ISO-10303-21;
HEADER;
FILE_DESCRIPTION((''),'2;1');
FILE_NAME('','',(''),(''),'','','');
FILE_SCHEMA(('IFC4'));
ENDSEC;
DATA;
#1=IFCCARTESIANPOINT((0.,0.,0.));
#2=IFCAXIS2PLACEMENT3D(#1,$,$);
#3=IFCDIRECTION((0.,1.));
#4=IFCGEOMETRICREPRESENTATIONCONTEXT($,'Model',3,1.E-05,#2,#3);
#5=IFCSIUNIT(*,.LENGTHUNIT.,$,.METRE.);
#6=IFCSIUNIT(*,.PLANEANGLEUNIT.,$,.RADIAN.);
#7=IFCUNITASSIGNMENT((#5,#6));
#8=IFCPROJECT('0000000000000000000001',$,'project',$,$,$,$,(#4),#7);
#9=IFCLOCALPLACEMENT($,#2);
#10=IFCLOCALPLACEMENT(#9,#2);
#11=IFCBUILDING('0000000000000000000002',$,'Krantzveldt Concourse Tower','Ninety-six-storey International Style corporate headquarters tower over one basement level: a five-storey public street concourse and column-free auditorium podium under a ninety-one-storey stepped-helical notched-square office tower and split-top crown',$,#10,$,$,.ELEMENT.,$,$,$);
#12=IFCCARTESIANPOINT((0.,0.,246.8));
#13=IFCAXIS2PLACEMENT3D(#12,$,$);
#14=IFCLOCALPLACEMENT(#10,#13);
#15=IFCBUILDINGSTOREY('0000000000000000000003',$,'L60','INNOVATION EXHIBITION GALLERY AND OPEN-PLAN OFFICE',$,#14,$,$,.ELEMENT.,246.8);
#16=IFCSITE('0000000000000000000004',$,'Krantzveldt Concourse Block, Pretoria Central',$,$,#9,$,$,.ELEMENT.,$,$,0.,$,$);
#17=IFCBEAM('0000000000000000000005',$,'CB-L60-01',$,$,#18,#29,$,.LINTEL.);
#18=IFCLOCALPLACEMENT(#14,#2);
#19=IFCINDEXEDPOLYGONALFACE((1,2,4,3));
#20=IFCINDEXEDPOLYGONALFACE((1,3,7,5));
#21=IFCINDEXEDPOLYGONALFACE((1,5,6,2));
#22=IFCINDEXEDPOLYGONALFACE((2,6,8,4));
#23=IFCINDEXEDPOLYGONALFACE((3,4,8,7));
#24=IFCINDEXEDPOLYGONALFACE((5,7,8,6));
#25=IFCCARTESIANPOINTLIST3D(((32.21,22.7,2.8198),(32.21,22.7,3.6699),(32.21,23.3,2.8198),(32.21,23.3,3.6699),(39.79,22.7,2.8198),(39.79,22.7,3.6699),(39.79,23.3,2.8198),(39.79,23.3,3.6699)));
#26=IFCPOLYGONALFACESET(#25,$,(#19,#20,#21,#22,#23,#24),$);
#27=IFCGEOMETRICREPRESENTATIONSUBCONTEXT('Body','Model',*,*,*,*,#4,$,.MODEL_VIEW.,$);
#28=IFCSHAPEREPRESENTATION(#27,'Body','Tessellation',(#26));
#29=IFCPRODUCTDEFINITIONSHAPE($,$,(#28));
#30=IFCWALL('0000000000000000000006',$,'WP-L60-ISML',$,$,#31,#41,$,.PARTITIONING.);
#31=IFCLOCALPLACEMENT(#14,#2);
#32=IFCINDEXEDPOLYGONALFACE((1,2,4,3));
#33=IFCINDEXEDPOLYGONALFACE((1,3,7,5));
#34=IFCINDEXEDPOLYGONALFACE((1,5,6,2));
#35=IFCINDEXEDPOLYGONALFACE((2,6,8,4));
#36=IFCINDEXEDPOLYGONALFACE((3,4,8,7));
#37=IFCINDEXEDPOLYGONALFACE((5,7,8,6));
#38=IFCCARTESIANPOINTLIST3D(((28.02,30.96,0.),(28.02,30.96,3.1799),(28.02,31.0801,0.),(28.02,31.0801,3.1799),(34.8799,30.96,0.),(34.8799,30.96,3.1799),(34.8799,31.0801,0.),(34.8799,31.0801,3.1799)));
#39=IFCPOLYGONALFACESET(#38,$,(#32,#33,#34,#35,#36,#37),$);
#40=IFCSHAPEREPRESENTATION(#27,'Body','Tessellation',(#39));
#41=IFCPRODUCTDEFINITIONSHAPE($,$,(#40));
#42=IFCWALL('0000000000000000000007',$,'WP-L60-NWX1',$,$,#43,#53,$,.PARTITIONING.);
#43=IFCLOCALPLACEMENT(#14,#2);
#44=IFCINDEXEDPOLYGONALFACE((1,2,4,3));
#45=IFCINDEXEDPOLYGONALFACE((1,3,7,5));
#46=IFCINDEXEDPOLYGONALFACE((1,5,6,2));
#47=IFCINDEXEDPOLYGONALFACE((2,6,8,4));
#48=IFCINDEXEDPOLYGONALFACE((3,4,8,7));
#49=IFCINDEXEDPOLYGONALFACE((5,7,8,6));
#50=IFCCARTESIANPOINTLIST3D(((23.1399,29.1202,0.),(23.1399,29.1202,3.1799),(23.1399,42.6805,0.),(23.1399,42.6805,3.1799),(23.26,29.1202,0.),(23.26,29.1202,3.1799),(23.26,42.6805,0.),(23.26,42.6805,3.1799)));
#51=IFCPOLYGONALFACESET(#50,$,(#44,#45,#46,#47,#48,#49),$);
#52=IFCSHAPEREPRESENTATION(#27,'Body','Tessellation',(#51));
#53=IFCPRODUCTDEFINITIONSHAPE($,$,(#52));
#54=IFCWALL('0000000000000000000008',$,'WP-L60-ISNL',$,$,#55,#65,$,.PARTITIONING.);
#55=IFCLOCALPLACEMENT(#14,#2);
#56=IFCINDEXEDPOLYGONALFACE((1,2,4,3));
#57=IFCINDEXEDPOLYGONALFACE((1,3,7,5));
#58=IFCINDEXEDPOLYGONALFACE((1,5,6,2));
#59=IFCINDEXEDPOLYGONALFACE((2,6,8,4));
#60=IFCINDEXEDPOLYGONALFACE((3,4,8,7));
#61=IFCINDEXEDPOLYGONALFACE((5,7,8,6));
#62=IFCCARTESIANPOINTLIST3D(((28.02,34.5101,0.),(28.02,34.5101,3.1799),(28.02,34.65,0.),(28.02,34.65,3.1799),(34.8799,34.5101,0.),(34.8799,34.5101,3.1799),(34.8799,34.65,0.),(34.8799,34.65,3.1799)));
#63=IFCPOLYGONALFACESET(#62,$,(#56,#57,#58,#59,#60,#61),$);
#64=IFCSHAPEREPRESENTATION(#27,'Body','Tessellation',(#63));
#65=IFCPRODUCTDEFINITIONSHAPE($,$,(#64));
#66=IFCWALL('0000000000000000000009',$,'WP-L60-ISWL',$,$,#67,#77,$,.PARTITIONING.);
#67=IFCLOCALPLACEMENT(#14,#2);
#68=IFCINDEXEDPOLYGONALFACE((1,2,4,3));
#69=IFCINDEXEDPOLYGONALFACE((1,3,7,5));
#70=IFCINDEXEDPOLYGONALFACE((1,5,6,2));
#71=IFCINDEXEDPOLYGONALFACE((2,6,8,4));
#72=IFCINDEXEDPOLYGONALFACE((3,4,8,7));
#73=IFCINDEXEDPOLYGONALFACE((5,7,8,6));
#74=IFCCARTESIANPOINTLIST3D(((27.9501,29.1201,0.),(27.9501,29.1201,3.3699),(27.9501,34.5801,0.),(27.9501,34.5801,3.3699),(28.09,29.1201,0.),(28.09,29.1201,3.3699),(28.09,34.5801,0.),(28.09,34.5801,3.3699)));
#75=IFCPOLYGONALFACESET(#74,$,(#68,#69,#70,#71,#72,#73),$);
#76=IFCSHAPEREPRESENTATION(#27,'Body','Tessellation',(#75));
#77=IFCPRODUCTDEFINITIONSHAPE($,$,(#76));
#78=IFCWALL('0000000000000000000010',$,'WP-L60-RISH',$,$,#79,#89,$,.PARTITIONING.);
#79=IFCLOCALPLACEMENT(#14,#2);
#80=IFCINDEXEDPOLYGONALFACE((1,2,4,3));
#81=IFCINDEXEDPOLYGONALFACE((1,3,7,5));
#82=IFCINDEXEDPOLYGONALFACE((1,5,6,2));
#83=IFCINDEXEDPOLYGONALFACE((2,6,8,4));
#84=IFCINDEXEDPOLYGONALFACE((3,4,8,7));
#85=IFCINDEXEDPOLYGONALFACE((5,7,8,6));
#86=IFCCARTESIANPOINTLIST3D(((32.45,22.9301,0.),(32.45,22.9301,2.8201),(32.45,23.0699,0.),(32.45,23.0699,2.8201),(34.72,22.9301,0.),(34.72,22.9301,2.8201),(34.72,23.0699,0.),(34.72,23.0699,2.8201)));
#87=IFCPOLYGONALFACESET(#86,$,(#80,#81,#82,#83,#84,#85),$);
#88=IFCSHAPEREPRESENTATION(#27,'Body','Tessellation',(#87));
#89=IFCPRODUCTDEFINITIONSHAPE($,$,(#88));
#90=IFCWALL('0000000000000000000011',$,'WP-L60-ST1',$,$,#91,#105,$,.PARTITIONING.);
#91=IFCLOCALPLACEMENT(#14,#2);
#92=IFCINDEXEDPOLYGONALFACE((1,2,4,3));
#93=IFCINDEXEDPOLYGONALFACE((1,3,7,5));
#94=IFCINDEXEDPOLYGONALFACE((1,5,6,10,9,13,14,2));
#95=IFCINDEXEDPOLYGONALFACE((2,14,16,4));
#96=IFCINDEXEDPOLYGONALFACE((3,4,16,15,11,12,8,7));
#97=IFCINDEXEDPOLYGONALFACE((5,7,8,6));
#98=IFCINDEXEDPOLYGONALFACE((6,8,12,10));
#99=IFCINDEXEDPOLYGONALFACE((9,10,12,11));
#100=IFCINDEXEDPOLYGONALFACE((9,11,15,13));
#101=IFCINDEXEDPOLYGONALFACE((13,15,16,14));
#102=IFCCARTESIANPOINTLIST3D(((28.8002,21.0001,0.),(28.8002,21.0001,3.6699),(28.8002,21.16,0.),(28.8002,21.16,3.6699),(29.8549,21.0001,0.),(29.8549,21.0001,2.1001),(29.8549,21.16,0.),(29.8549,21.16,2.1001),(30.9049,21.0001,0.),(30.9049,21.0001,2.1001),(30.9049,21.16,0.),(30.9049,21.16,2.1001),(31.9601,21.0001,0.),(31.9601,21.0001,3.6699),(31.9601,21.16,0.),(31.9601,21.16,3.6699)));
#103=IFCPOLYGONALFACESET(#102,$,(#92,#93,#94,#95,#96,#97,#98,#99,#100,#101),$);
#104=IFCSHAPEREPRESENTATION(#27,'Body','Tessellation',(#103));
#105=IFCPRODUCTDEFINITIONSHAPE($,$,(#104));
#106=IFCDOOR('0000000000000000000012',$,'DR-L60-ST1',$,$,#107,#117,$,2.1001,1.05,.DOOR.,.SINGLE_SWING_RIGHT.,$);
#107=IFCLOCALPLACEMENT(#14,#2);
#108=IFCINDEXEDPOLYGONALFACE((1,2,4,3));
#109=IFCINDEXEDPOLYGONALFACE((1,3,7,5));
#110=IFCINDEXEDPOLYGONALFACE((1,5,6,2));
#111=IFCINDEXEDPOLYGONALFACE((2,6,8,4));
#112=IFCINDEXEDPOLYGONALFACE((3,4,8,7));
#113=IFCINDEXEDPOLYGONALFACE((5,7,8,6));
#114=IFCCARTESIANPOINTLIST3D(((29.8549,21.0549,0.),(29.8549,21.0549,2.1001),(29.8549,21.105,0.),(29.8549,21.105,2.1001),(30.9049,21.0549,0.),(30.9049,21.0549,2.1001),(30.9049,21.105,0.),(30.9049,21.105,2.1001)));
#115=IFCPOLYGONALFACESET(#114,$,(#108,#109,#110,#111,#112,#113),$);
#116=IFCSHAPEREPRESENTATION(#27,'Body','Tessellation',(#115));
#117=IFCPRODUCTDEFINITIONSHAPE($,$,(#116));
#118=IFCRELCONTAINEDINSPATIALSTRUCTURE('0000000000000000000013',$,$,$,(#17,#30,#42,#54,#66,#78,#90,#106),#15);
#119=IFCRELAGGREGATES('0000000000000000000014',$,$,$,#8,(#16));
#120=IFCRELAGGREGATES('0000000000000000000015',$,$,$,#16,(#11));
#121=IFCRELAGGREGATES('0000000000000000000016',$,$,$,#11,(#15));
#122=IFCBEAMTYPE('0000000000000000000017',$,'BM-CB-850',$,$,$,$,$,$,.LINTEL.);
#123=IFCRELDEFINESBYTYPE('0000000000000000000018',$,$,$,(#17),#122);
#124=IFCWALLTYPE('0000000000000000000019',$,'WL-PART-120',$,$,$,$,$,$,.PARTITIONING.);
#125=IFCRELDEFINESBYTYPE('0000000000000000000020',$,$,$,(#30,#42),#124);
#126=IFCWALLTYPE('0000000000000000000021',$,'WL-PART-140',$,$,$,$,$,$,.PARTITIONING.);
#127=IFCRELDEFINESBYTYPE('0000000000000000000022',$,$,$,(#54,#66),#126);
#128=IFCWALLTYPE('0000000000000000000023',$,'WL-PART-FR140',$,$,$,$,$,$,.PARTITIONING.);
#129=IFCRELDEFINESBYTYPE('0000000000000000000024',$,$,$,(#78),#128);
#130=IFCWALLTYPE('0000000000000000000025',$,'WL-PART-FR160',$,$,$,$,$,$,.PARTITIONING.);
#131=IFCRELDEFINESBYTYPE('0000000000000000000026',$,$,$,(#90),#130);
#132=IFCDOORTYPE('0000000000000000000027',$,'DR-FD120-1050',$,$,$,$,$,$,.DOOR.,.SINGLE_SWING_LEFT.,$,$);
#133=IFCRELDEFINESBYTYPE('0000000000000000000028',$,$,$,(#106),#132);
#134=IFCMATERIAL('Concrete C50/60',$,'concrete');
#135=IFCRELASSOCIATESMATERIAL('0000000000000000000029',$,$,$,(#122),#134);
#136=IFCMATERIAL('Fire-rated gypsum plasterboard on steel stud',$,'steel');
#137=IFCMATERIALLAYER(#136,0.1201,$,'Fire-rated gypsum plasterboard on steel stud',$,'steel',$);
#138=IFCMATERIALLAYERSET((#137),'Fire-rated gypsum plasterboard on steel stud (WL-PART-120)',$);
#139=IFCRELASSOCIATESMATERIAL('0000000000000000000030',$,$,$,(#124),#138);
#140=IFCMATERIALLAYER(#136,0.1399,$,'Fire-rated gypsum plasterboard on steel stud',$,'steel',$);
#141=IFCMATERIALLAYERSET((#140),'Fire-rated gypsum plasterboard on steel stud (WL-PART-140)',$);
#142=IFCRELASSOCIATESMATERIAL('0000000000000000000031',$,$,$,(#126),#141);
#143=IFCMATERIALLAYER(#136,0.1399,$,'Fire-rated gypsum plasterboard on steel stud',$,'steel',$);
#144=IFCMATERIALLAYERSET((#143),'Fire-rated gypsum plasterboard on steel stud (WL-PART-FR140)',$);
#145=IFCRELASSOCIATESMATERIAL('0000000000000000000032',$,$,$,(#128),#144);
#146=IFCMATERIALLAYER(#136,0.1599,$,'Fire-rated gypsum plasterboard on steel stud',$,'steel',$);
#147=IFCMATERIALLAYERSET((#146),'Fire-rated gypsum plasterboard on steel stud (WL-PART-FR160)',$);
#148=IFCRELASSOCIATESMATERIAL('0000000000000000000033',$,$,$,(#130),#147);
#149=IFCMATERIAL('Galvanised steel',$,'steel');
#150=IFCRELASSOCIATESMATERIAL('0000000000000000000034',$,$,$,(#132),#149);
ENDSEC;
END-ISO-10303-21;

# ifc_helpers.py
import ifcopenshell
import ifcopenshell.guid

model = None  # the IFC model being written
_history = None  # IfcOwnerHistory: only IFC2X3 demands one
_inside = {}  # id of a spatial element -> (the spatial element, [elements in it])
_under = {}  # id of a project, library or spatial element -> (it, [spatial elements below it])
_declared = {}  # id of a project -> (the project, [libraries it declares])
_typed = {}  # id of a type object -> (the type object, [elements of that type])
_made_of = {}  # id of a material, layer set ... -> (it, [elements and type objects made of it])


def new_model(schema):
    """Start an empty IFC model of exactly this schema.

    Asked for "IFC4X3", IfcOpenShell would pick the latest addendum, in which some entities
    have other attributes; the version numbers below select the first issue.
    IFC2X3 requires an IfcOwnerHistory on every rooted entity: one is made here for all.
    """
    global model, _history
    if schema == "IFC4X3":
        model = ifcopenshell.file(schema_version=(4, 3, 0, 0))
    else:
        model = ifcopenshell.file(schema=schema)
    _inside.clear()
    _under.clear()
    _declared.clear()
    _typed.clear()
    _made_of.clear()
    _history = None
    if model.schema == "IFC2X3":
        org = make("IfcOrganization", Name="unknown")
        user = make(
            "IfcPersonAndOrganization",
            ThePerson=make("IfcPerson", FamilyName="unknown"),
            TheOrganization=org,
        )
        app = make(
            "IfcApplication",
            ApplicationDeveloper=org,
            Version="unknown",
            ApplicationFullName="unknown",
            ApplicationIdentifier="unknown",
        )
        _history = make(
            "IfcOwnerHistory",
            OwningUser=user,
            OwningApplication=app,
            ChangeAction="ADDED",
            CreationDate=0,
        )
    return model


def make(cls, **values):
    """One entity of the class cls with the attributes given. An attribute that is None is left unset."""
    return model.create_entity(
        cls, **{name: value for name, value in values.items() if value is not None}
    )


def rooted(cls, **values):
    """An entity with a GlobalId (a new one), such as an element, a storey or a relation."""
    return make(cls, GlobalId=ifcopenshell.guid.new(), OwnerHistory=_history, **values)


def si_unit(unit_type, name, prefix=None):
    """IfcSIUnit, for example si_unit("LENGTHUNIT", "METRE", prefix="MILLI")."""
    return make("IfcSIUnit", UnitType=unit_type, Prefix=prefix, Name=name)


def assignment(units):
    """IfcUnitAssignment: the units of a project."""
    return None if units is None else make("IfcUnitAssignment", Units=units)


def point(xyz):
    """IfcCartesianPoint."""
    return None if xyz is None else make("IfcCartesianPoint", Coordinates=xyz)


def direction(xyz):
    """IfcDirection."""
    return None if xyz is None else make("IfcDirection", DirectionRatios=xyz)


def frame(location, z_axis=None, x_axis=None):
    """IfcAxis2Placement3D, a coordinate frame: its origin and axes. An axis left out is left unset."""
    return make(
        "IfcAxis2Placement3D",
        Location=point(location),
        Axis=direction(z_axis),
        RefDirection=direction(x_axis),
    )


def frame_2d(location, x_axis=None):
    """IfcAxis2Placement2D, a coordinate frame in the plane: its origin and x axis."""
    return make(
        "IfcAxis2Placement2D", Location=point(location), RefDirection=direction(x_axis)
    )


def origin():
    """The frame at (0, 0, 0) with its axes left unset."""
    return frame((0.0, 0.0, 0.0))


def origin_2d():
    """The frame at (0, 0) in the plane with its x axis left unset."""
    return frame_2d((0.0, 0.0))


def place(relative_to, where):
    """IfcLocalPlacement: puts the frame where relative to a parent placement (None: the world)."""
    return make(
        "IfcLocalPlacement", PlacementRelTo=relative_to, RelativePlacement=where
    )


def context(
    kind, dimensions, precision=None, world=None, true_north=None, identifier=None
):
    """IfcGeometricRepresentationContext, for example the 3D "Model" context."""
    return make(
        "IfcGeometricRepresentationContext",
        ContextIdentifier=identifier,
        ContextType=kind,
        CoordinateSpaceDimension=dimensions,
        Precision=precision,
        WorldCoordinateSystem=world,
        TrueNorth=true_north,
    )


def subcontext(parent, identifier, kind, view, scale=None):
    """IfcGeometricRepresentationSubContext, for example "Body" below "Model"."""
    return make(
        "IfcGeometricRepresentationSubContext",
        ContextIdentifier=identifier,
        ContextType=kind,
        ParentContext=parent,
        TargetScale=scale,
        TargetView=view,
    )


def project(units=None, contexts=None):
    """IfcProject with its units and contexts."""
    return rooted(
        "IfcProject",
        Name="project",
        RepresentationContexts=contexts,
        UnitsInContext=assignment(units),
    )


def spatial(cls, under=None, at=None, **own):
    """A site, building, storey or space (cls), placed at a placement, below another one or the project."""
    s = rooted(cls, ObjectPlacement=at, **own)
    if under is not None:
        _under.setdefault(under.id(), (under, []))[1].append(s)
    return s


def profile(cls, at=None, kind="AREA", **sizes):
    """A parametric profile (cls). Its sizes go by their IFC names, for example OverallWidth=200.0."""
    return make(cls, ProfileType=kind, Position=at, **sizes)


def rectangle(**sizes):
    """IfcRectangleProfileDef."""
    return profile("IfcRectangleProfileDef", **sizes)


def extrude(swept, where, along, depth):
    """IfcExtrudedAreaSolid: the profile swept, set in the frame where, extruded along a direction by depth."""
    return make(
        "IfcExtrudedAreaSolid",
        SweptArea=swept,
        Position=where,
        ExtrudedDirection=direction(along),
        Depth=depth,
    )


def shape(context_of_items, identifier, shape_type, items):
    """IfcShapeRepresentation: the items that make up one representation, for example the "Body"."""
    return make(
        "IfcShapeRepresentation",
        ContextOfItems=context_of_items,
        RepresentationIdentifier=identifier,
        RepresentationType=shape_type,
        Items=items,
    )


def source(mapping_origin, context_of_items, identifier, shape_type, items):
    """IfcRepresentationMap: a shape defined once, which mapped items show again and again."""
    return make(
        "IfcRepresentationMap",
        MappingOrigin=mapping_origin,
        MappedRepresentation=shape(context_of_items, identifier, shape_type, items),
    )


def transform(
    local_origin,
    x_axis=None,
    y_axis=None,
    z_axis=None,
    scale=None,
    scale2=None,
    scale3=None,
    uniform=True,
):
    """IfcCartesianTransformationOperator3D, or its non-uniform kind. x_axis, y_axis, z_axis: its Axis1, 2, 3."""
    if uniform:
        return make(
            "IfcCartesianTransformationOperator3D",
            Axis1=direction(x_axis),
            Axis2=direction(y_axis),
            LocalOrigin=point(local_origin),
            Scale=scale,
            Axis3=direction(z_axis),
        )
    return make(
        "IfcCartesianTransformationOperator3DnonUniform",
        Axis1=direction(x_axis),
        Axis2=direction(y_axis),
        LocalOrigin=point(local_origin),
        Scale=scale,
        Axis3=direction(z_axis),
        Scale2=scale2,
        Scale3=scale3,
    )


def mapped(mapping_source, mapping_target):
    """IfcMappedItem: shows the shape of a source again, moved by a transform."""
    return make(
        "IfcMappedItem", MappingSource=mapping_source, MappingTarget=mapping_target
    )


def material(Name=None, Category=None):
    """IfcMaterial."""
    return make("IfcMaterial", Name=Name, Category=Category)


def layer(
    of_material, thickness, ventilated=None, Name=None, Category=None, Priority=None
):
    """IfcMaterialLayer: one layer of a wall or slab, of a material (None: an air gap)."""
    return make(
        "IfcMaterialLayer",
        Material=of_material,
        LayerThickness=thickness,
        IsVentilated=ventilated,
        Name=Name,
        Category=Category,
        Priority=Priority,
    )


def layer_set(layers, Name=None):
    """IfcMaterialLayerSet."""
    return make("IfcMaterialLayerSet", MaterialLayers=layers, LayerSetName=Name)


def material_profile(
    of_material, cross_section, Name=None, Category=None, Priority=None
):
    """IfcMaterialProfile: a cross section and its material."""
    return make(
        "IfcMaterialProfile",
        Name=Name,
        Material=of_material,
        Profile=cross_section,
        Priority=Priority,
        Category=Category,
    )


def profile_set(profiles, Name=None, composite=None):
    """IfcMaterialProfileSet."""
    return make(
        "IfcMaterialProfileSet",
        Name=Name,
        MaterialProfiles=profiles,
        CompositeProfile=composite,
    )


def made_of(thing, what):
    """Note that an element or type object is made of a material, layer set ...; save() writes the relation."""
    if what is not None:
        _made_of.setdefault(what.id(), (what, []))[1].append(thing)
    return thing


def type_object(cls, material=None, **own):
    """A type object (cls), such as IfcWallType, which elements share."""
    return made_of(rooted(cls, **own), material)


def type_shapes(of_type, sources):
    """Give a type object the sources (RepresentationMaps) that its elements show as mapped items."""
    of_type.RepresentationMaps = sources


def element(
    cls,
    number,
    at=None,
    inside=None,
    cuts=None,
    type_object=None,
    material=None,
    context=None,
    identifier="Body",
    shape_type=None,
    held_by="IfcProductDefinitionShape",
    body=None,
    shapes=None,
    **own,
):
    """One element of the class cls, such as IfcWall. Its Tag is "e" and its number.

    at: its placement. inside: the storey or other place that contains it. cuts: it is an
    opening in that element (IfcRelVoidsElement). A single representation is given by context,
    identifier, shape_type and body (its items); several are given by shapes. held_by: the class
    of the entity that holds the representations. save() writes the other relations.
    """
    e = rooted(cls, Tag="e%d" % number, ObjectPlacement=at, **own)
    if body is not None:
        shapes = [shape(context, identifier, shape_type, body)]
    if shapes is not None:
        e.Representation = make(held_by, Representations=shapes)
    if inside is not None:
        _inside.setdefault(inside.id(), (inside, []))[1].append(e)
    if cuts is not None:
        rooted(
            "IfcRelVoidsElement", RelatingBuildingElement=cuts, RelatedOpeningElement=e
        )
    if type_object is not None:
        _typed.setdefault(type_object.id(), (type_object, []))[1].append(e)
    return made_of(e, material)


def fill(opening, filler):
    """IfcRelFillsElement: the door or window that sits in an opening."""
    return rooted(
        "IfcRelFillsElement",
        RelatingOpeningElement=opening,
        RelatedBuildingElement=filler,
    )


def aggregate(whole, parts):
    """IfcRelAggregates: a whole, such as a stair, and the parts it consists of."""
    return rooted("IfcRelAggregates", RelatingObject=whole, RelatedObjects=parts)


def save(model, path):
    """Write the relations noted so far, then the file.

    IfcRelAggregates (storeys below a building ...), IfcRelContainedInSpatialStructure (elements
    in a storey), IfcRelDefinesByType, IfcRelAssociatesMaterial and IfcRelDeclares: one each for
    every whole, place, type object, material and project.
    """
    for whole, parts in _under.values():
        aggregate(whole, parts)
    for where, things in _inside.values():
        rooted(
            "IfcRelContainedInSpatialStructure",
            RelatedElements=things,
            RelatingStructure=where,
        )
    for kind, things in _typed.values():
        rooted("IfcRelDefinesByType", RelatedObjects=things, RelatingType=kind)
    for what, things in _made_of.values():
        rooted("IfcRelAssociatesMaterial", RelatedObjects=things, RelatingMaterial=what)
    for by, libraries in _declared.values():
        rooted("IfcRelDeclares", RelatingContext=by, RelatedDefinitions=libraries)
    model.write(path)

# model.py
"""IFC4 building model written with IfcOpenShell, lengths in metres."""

from ifc_helpers import new_model, si_unit, direction, frame, frame_2d, origin, origin_2d, place, context, subcontext, project, spatial, rectangle, extrude, source, transform, mapped, material, layer, layer_set, material_profile, profile_set, type_object, type_shapes, element, fill, save


model = new_model("IFC4")

# Units and contexts
model_context = context("Model", 3, precision=1e-05, world=origin(), true_north=direction((0.0, 1.0)))
body_context = subcontext(model_context, "Body", "Model", "MODEL_VIEW")
ifc_project = project(units=[si_unit("LENGTHUNIT", "METRE"), si_unit("PLANEANGLEUNIT", "RADIAN")], contexts=[model_context])

# Site, building, storey
site_placement = place(None, origin())
site = spatial("IfcSite", under=ifc_project, at=site_placement, Name="Krantzveldt Concourse Block, Pretoria Central", CompositionType="ELEMENT", RefElevation=0.0)
building_placement = place(site_placement, origin())
building = spatial("IfcBuilding", under=site, at=building_placement, Name="Krantzveldt Concourse Tower", Description="Ninety-six-storey International Style corporate headquarters tower over one basement level: a five-storey public street concourse and column-free auditorium podium under a ninety-one-storey stepped-helical notched-square office tower and split-top crown", CompositionType="ELEMENT")
storey_placement = place(building_placement, frame((0.0, 0.0, 246.8)))
storey = spatial("IfcBuildingStorey", under=building, at=storey_placement, Name="L60", Description="INNOVATION EXHIBITION GALLERY AND OPEN-PLAN OFFICE", CompositionType="ELEMENT", Elevation=246.8)

# Beam
ifc_material_1 = material(Name="Concrete C50/60", Category="concrete")
ifc_material_profile_1 = material_profile(ifc_material_1, rectangle(XDim=0.6001, YDim=0.8501, at=origin_2d()), Name="Concrete C50/60", Category="concrete")
ifc_profile_set_1 = profile_set([ifc_material_profile_1], Name="Concrete C50/60 - RC-CB 600x850")
beam_type_1 = type_object("IfcBeamType", Name="BM-CB-850", PredefinedType="LINTEL", material=ifc_profile_set_1)
shared_shape_1 = source(origin(), body_context, "Body", "SweptSolid", [
    extrude(rectangle(XDim=0.6001, YDim=0.8501, at=origin_2d()), origin(), (0.0, 0.0, 1.0), 7.5801),
])
type_shapes(beam_type_1, [shared_shape_1])
beam_1_placement = place(storey_placement, frame((32.21, 23.0, 3.2449), z_axis=(1.0, 0.0, 0.0), x_axis=(0.0, 1.0, 0.0)))
element("IfcBeam", 1, at=beam_1_placement, inside=storey, type_object=beam_type_1, Name="CB-L60-01", PredefinedType="LINTEL", context=body_context, shape_type="MappedRepresentation", body=[
    mapped(shared_shape_1, transform((0.0, 0.0, 0.0), x_axis=(1.0, 0.0, 0.0), y_axis=(0.0, 1.0, 0.0), z_axis=(0.0, 0.0, 1.0), scale=1.0)),
])

# Walls
ifc_material_2 = material(Name="Fire-rated gypsum plasterboard on steel stud", Category="steel")
ifc_layer_1 = layer(ifc_material_2, 0.1201, Name="Fire-rated gypsum plasterboard on steel stud", Category="steel")
ifc_layer_set_1 = layer_set([ifc_layer_1], Name="Fire-rated gypsum plasterboard on steel stud (WL-PART-120)")
wall_type_1 = type_object("IfcWallType", Name="WL-PART-120", PredefinedType="PARTITIONING", material=ifc_layer_set_1)
wall_1_placement = place(storey_placement, frame((28.02, 31.02, 0.0), z_axis=(0.0, 0.0, 1.0), x_axis=(1.0, 0.0, 0.0)))
element("IfcWall", 2, at=wall_1_placement, inside=storey, type_object=wall_type_1, Name="WP-L60-ISML", PredefinedType="PARTITIONING", context=body_context, shape_type="SweptSolid", body=[
    extrude(rectangle(XDim=6.8599, YDim=0.1201, at=frame_2d((3.4299, 0.0))), origin(), (0.0, 0.0, 1.0), 3.1799),
])
wall_2_placement = place(storey_placement, frame((23.2, 29.1201, 0.0), z_axis=(0.0, 0.0, 1.0), x_axis=(0.0, 1.0, 0.0)))
element("IfcWall", 3, at=wall_2_placement, inside=storey, type_object=wall_type_1, Name="WP-L60-NWX1", PredefinedType="PARTITIONING", context=body_context, shape_type="SweptSolid", body=[
    extrude(rectangle(XDim=13.5603, YDim=0.1201, at=frame_2d((6.7803, 0.0))), origin(), (0.0, 0.0, 1.0), 3.1799),
])
ifc_layer_2 = layer(ifc_material_2, 0.1399, Name="Fire-rated gypsum plasterboard on steel stud", Category="steel")
ifc_layer_set_2 = layer_set([ifc_layer_2], Name="Fire-rated gypsum plasterboard on steel stud (WL-PART-140)")
wall_type_2 = type_object("IfcWallType", Name="WL-PART-140", PredefinedType="PARTITIONING", material=ifc_layer_set_2)
wall_3_placement = place(storey_placement, frame((28.02, 34.5801, 0.0), z_axis=(0.0, 0.0, 1.0), x_axis=(1.0, 0.0, 0.0)))
element("IfcWall", 4, at=wall_3_placement, inside=storey, type_object=wall_type_2, Name="WP-L60-ISNL", PredefinedType="PARTITIONING", context=body_context, shape_type="SweptSolid", body=[
    extrude(rectangle(XDim=6.8599, YDim=0.1399, at=frame_2d((3.4299, 0.0))), origin(), (0.0, 0.0, 1.0), 3.1799),
])
wall_4_placement = place(storey_placement, frame((28.02, 29.1201, 0.0), z_axis=(0.0, 0.0, 1.0), x_axis=(0.0, 1.0, 0.0)))
element("IfcWall", 5, at=wall_4_placement, inside=storey, type_object=wall_type_2, Name="WP-L60-ISWL", PredefinedType="PARTITIONING", context=body_context, shape_type="SweptSolid", body=[
    extrude(rectangle(XDim=5.46, YDim=0.1399, at=frame_2d((2.73, 0.0))), origin(), (0.0, 0.0, 1.0), 3.3699),
])
ifc_layer_3 = layer(ifc_material_2, 0.1399, Name="Fire-rated gypsum plasterboard on steel stud", Category="steel")
ifc_layer_set_3 = layer_set([ifc_layer_3], Name="Fire-rated gypsum plasterboard on steel stud (WL-PART-FR140)")
wall_type_3 = type_object("IfcWallType", Name="WL-PART-FR140", PredefinedType="PARTITIONING", material=ifc_layer_set_3)
wall_5_placement = place(storey_placement, frame((32.45, 23.0, 0.0), z_axis=(0.0, 0.0, 1.0), x_axis=(1.0, 0.0, 0.0)))
element("IfcWall", 6, at=wall_5_placement, inside=storey, type_object=wall_type_3, Name="WP-L60-RISH", PredefinedType="PARTITIONING", context=body_context, shape_type="SweptSolid", body=[
    extrude(rectangle(XDim=2.27, YDim=0.1399, at=frame_2d((1.135, 0.0))), origin(), (0.0, 0.0, 1.0), 2.8201),
])

# Wall, opening, door
ifc_layer_4 = layer(ifc_material_2, 0.1599, Name="Fire-rated gypsum plasterboard on steel stud", Category="steel")
ifc_layer_set_4 = layer_set([ifc_layer_4], Name="Fire-rated gypsum plasterboard on steel stud (WL-PART-FR160)")
wall_type_4 = type_object("IfcWallType", Name="WL-PART-FR160", PredefinedType="PARTITIONING", material=ifc_layer_set_4)
wall_6_placement = place(storey_placement, frame((28.8, 21.0801, 0.0), z_axis=(0.0, 0.0, 1.0), x_axis=(1.0, 0.0, 0.0)))
wall_6 = element("IfcWall", 7, at=wall_6_placement, inside=storey, type_object=wall_type_4, Name="WP-L60-ST1", PredefinedType="PARTITIONING", context=body_context, shape_type="SweptSolid", body=[
    extrude(rectangle(XDim=3.1599, YDim=0.1599, at=frame_2d((1.5801, 0.0))), origin(), (0.0, 0.0, 1.0), 3.6699),
])
opening_1_placement = place(wall_6_placement, frame((1.0549, 0.0, 0.0)))
opening_1 = element("IfcOpeningElement", 8, at=opening_1_placement, cuts=wall_6, PredefinedType="OPENING", context=body_context, shape_type="SweptSolid", body=[
    extrude(rectangle(XDim=1.05, YDim=2.1001, at=frame_2d((0.5249, 1.05))), frame((0.0, 0.0898, 0.0), z_axis=(0.0, -1.0, 0.0), x_axis=(1.0, 0.0, 0.0)), (0.0, 0.0, 1.0), 0.1799),
])
ifc_material_3 = material(Name="Galvanised steel", Category="steel")
door_type_1 = type_object("IfcDoorType", Name="DR-FD120-1050", OperationType="SINGLE_SWING_LEFT", PredefinedType="DOOR", material=ifc_material_3)
door_1_placement = place(opening_1_placement, origin())
door_1 = element("IfcDoor", 9, at=door_1_placement, inside=storey, type_object=door_type_1, Name="DR-L60-ST1", OperationType="SINGLE_SWING_RIGHT", OverallHeight=2.1001, OverallWidth=1.05, PredefinedType="DOOR", context=body_context, shape_type="SweptSolid", body=[
    extrude(rectangle(XDim=1.05, YDim=2.1001, at=frame_2d((0.5249, 1.05))), frame((0.0, 0.0249, 0.0), z_axis=(0.0, -1.0, 0.0), x_axis=(1.0, 0.0, 0.0)), (0.0, 0.0, 1.0), 0.05),
])
fill(opening_1, door_1)

save(model, "model.ifc")
